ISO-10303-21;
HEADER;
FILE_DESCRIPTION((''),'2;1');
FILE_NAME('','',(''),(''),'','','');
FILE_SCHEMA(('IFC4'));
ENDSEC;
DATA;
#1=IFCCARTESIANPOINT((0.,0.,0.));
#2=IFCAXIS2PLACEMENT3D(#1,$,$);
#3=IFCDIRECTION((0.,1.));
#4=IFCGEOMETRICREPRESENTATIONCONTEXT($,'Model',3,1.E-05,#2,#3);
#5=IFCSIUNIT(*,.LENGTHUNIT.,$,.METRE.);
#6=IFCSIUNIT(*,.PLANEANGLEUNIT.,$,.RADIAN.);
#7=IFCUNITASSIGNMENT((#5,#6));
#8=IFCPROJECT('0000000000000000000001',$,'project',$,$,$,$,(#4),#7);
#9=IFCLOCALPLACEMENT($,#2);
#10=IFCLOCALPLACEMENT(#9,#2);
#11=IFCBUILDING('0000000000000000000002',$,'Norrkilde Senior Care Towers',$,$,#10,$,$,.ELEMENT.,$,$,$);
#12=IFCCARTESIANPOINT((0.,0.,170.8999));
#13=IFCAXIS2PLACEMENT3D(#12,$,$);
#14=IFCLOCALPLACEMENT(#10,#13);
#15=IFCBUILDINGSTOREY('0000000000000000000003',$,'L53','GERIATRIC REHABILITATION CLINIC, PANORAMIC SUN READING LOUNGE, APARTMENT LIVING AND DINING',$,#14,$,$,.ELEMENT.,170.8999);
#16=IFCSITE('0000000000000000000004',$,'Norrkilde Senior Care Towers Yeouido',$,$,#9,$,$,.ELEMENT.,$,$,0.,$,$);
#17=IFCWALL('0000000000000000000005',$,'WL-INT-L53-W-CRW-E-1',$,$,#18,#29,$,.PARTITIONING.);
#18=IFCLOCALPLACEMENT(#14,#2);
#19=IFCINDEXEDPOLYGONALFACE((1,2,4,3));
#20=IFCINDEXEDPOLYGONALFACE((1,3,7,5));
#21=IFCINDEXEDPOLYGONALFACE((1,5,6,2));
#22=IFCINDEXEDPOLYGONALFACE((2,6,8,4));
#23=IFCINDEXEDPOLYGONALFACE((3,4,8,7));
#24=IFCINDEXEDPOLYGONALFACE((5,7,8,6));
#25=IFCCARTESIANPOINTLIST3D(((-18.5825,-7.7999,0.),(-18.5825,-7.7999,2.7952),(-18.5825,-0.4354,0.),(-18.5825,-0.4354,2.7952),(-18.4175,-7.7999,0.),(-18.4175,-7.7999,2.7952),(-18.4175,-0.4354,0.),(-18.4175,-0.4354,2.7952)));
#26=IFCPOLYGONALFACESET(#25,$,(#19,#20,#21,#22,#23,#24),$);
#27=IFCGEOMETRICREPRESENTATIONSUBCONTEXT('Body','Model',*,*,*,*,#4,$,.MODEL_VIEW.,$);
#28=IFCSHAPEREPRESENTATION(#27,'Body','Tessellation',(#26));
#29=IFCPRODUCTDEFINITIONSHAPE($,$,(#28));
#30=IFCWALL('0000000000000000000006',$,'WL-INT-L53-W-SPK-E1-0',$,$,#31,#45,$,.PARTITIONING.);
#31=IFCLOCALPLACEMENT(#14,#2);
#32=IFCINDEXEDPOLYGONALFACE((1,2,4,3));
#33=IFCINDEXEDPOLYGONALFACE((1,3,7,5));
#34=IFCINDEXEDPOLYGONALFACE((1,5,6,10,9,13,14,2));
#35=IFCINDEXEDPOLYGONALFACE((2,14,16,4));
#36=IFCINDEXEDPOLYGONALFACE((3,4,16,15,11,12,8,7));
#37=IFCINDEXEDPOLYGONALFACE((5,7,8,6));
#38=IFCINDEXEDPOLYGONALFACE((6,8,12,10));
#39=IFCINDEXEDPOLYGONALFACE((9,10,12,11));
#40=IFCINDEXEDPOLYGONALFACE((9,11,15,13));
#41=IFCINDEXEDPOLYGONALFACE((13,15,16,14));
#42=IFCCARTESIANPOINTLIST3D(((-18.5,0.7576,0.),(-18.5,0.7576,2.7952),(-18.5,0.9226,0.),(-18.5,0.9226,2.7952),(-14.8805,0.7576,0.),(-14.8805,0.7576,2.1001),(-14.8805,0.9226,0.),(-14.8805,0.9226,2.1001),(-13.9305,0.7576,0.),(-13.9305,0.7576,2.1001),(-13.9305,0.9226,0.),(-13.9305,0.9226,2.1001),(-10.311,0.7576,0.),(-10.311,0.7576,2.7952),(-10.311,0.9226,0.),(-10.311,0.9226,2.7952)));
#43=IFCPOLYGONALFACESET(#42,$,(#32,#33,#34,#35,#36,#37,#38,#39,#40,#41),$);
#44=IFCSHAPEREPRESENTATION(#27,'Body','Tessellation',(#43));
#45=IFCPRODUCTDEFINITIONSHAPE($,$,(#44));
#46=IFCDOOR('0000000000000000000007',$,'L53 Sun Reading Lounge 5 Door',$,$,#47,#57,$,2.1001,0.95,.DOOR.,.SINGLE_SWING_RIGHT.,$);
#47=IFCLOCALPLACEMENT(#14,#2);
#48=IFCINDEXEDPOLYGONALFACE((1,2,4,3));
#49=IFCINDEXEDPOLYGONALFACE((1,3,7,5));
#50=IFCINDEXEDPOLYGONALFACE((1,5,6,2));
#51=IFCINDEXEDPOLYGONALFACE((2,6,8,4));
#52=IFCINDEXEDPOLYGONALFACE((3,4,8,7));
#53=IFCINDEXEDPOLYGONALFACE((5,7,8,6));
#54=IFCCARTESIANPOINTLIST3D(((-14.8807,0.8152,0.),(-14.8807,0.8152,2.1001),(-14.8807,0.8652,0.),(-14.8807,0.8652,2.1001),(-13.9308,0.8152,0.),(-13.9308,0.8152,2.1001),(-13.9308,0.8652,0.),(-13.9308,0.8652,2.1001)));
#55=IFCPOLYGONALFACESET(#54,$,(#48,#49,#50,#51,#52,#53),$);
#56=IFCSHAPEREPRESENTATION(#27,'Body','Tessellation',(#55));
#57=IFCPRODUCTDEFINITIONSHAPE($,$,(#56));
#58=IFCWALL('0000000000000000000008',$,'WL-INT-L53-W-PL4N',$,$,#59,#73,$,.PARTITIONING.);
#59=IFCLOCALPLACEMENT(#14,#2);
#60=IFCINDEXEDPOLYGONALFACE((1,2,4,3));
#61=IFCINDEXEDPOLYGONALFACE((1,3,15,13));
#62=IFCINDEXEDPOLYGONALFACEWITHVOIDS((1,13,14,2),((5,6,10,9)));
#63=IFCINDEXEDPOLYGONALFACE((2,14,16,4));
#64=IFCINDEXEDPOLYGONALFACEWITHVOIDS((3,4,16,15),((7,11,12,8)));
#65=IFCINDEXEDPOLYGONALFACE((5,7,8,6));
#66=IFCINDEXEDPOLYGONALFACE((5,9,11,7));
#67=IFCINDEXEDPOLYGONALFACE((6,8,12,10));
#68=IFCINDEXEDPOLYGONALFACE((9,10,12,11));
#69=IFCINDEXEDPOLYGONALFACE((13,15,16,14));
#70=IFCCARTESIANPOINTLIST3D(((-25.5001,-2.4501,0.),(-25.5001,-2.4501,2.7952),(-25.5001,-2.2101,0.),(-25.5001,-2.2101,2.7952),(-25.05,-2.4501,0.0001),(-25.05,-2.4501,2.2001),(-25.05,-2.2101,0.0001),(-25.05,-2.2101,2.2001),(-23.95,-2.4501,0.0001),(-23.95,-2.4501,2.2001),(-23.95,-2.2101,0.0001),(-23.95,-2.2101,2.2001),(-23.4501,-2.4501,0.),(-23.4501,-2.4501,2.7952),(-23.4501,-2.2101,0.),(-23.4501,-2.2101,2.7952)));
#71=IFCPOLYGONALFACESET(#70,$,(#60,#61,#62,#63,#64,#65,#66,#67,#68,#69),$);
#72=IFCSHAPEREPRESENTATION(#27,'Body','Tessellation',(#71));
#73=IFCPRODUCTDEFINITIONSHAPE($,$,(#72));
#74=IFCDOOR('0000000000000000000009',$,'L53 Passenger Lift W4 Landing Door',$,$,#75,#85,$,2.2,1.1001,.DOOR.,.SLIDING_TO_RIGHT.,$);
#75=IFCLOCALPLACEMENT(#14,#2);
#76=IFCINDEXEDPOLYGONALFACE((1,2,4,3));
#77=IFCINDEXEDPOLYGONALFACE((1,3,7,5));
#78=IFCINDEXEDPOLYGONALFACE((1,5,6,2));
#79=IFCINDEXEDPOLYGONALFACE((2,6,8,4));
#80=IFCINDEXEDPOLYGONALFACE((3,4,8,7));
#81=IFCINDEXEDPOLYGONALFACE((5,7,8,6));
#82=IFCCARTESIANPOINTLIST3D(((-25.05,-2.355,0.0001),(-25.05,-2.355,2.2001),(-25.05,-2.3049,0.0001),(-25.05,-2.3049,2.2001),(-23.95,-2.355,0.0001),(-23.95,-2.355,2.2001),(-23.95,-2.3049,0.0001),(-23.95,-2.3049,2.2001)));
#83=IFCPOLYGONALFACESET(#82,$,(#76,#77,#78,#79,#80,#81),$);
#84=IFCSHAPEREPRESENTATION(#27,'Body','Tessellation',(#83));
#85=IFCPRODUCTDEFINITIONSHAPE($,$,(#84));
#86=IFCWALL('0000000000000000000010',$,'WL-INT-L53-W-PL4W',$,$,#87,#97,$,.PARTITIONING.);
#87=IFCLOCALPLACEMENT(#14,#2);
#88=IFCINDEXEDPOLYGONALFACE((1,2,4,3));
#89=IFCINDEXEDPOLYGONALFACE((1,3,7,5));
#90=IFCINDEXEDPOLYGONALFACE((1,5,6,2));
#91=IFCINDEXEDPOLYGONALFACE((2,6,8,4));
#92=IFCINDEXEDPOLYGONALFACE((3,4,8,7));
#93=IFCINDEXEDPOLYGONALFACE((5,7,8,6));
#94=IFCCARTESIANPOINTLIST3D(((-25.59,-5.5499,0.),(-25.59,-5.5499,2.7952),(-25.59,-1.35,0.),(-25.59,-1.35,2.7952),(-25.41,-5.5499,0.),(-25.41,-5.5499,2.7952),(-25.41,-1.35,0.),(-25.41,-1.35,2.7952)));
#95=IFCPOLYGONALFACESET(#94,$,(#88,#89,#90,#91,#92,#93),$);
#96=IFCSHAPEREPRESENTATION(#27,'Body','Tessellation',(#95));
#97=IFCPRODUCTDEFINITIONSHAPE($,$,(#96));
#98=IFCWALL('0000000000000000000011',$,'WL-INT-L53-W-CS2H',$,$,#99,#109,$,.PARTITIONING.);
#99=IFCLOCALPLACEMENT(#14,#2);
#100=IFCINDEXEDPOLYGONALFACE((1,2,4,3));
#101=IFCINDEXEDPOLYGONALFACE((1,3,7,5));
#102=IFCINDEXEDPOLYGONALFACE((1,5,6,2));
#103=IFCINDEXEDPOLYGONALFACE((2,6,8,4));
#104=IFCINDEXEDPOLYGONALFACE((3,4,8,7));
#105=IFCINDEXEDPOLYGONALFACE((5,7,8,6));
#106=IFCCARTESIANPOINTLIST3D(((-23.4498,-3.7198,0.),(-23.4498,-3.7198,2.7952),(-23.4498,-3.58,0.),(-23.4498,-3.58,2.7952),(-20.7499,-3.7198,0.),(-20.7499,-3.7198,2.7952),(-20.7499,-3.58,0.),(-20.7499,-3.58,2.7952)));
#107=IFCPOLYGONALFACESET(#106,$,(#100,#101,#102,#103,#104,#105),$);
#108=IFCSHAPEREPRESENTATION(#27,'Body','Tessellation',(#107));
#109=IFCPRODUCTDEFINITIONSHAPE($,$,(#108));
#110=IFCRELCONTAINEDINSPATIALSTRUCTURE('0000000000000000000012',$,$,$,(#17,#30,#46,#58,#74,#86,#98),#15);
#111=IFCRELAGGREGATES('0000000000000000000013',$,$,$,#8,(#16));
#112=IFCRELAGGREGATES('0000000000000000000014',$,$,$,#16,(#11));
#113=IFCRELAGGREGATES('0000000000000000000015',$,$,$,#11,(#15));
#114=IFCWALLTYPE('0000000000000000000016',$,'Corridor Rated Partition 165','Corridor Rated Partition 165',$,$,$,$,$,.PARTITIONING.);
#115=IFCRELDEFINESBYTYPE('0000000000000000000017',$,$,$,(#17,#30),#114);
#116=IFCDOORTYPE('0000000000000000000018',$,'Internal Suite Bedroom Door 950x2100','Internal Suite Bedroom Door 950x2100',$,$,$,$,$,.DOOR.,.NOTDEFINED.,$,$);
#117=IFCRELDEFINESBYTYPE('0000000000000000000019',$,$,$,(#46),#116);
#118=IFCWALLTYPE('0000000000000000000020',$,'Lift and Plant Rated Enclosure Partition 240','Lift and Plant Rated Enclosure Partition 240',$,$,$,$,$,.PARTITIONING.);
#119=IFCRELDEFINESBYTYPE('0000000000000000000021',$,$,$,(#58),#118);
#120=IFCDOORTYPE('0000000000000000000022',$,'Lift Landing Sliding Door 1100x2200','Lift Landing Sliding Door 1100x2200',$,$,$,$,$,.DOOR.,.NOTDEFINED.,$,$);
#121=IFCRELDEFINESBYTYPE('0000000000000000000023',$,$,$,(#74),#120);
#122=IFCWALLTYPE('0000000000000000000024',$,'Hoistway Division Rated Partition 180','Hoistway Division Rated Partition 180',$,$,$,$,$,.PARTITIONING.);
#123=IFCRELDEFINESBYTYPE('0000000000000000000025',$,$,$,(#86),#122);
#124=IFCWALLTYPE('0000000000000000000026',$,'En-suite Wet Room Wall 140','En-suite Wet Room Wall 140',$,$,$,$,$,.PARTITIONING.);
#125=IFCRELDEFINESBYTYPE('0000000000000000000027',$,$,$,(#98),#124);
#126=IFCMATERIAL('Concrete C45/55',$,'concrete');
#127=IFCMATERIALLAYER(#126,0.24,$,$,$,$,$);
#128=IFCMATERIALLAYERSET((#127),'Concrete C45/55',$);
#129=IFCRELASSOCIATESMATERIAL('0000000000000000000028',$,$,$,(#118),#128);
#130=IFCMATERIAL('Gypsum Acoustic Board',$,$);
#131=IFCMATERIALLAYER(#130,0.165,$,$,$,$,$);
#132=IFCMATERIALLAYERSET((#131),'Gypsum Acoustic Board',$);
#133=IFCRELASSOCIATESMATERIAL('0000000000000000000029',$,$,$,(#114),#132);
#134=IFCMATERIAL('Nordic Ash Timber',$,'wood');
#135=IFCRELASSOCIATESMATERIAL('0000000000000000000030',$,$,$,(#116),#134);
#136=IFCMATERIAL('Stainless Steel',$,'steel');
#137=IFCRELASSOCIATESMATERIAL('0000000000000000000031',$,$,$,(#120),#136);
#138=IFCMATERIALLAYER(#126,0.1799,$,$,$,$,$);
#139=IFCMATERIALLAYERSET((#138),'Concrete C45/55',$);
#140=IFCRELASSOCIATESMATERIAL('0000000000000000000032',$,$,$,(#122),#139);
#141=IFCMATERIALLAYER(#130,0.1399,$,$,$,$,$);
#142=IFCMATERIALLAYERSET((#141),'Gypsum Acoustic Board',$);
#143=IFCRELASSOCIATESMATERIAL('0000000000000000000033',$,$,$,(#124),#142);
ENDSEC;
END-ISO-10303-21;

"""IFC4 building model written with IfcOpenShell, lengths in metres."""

from ifc_helpers import new_model, si_unit, direction, frame, frame_2d, origin, place, context, subcontext, project, spatial, rectangle, extrude, source, transform, mapped, material, layer, layer_set, type_object, type_shapes, element, fill, save


model = new_model("IFC4")

# Units and contexts
model_context = context("Model", 3, precision=1e-05, world=origin(), true_north=direction((0.0, 1.0)))
body_context = subcontext(model_context, "Body", "Model", "MODEL_VIEW")
ifc_project = project(units=[si_unit("LENGTHUNIT", "METRE"), si_unit("PLANEANGLEUNIT", "RADIAN")], contexts=[model_context])

# Site, building, storey
site_placement = place(None, origin())
site = spatial("IfcSite", under=ifc_project, at=site_placement, Name="Norrkilde Senior Care Towers Yeouido", CompositionType="ELEMENT", RefElevation=0.0)
building_placement = place(site_placement, origin())
building = spatial("IfcBuilding", under=site, at=building_placement, Name="Norrkilde Senior Care Towers", CompositionType="ELEMENT")
storey_placement = place(building_placement, frame((0.0, 0.0, 170.8999)))
storey = spatial("IfcBuildingStorey", under=building, at=storey_placement, Name="L53", Description="GERIATRIC REHABILITATION CLINIC, PANORAMIC SUN READING LOUNGE, APARTMENT LIVING AND DINING", CompositionType="ELEMENT", Elevation=170.8999)

# Shared definitions
ifc_material_1 = material(Name="Concrete C45/55", Category="concrete")
ifc_layer_1 = layer(ifc_material_1, 0.24)
ifc_layer_set_1 = layer_set([ifc_layer_1], Name="Concrete C45/55")
wall_type_1 = type_object("IfcWallType", Name="Lift and Plant Rated Enclosure Partition 240", Description="Lift and Plant Rated Enclosure Partition 240", PredefinedType="PARTITIONING", material=ifc_layer_set_1)
ifc_material_2 = material(Name="Stainless Steel", Category="steel")

# Shared definitions
ifc_material_3 = material(Name="Gypsum Acoustic Board")
ifc_layer_2 = layer(ifc_material_3, 0.165)
ifc_layer_set_2 = layer_set([ifc_layer_2], Name="Gypsum Acoustic Board")
wall_type_2 = type_object("IfcWallType", Name="Corridor Rated Partition 165", Description="Corridor Rated Partition 165", PredefinedType="PARTITIONING", material=ifc_layer_set_2)
ifc_material_4 = material(Name="Nordic Ash Timber", Category="wood")

# Wall
shared_shape_1 = source(origin(), body_context, "Body", "SweptSolid", [
    extrude(rectangle(XDim=7.3645, YDim=0.165, at=frame_2d((3.6821, 0.0))), origin(), (0.0, 0.0, 1.0), 2.7952),
])
wall_1_placement = place(storey_placement, frame((-18.5, -0.4355, 0.0), z_axis=(0.0, 0.0, 1.0), x_axis=(0.0, -1.0, 0.0)))
element("IfcWall", 1, at=wall_1_placement, inside=storey, type_object=wall_type_2, Name="WL-INT-L53-W-CRW-E-1", PredefinedType="PARTITIONING", context=body_context, shape_type="MappedRepresentation", body=[
    mapped(shared_shape_1, transform((0.0, 0.0, 0.0), x_axis=(1.0, 0.0, 0.0), y_axis=(0.0, 1.0, 0.0), z_axis=(0.0, 0.0, 1.0), scale=1.0)),
])

# Walls, openings, doors
shared_shape_2 = source(origin(), body_context, "Body", "SweptSolid", [
    extrude(rectangle(XDim=8.189, YDim=0.165, at=frame_2d((4.0945, 0.0))), origin(), (0.0, 0.0, 1.0), 2.7952),
])
wall_2_placement = place(storey_placement, frame((-18.5, 0.8401, 0.0), z_axis=(0.0, 0.0, 1.0), x_axis=(1.0, 0.0, 0.0)))
wall_2 = element("IfcWall", 2, at=wall_2_placement, inside=storey, type_object=wall_type_2, Name="WL-INT-L53-W-SPK-E1-0", PredefinedType="PARTITIONING", context=body_context, shape_type="MappedRepresentation", body=[
    mapped(shared_shape_2, transform((0.0, 0.0, 0.0), x_axis=(1.0, 0.0, 0.0), y_axis=(0.0, 1.0, 0.0), z_axis=(0.0, 0.0, 1.0), scale=1.0)),
])
opening_1_placement = place(wall_2_placement, frame((3.6194, 0.0, 0.0)))
opening_1 = element("IfcOpeningElement", 3, at=opening_1_placement, cuts=wall_2, PredefinedType="OPENING", context=body_context, shape_type="SweptSolid", body=[
    extrude(rectangle(XDim=0.95, YDim=2.1001, at=frame_2d((0.4751, 1.05))), frame((0.0, 0.0925, 0.0), z_axis=(0.0, -1.0, 0.0), x_axis=(1.0, 0.0, 0.0)), (0.0, 0.0, 1.0), 0.1851),
])
door_type_1 = type_object("IfcDoorType", Name="Internal Suite Bedroom Door 950x2100", Description="Internal Suite Bedroom Door 950x2100", OperationType="NOTDEFINED", PredefinedType="DOOR", material=ifc_material_4)
shared_shape_3 = source(origin(), body_context, "Body", "SweptSolid", [
    extrude(rectangle(XDim=0.95, YDim=2.1001, at=frame_2d((0.4751, 1.05))), frame((0.0, 0.0249, 0.0), z_axis=(0.0, -1.0, 0.0), x_axis=(1.0, 0.0, 0.0)), (0.0, 0.0, 1.0), 0.05),
])
type_shapes(door_type_1, [shared_shape_3])
door_1_placement = place(opening_1_placement, frame((0.95, 0.0, 0.0), z_axis=(0.0, 0.0, 1.0), x_axis=(-1.0, 0.0, 0.0)))
door_1 = element("IfcDoor", 4, at=door_1_placement, inside=storey, type_object=door_type_1, Name="L53 Sun Reading Lounge 5 Door", OperationType="SINGLE_SWING_RIGHT", OverallHeight=2.1001, OverallWidth=0.95, PredefinedType="DOOR", context=body_context, shape_type="MappedRepresentation", body=[
    mapped(shared_shape_3, transform((0.0, 0.0, 0.0), x_axis=(1.0, 0.0, 0.0), y_axis=(0.0, 1.0, 0.0), z_axis=(0.0, 0.0, 1.0), scale=1.0)),
])
fill(opening_1, door_1)
shared_shape_4 = source(origin(), body_context, "Body", "SweptSolid", [
    extrude(rectangle(XDim=2.05, YDim=0.24, at=frame_2d((1.0249, 0.0))), origin(), (0.0, 0.0, 1.0), 2.7952),
])
wall_3_placement = place(storey_placement, frame((-25.5, -2.3301, 0.0), z_axis=(0.0, 0.0, 1.0), x_axis=(1.0, 0.0, 0.0)))
wall_3 = element("IfcWall", 5, at=wall_3_placement, inside=storey, type_object=wall_type_1, Name="WL-INT-L53-W-PL4N", PredefinedType="PARTITIONING", context=body_context, shape_type="MappedRepresentation", body=[
    mapped(shared_shape_4, transform((0.0, 0.0, 0.0), x_axis=(1.0, 0.0, 0.0), y_axis=(0.0, 1.0, 0.0), z_axis=(0.0, 0.0, 1.0), scale=1.0)),
])
opening_2_placement = place(wall_3_placement, frame((0.45, 0.0, 0.0)))
opening_2 = element("IfcOpeningElement", 6, at=opening_2_placement, cuts=wall_3, PredefinedType="OPENING", context=body_context, shape_type="SweptSolid", body=[
    extrude(rectangle(XDim=1.1001, YDim=2.2, at=frame_2d((0.55, 1.1001))), frame((0.0, 0.1299, 0.0), z_axis=(0.0, -1.0, 0.0), x_axis=(1.0, 0.0, 0.0)), (0.0, 0.0, 1.0), 0.26),
])
door_type_2 = type_object("IfcDoorType", Name="Lift Landing Sliding Door 1100x2200", Description="Lift Landing Sliding Door 1100x2200", OperationType="NOTDEFINED", PredefinedType="DOOR", material=ifc_material_2)
shared_shape_5 = source(origin(), body_context, "Body", "SweptSolid", [
    extrude(rectangle(XDim=1.1001, YDim=2.2, at=frame_2d((0.55, 1.1001))), frame((0.0, 0.0249, 0.0), z_axis=(0.0, -1.0, 0.0), x_axis=(1.0, 0.0, 0.0)), (0.0, 0.0, 1.0), 0.05),
])
type_shapes(door_type_2, [shared_shape_5])
door_2_placement = place(opening_2_placement, frame((1.1001, 0.0, 0.0), z_axis=(0.0, 0.0, 1.0), x_axis=(-1.0, 0.0, 0.0)))
door_2 = element("IfcDoor", 7, at=door_2_placement, inside=storey, type_object=door_type_2, Name="L53 Passenger Lift W4 Landing Door", OperationType="SLIDING_TO_RIGHT", OverallHeight=2.2, OverallWidth=1.1001, PredefinedType="DOOR", context=body_context, shape_type="MappedRepresentation", body=[
    mapped(shared_shape_5, transform((0.0, 0.0, 0.0), x_axis=(1.0, 0.0, 0.0), y_axis=(0.0, 1.0, 0.0), z_axis=(0.0, 0.0, 1.0), scale=1.0)),
])
fill(opening_2, door_2)

# Walls
ifc_layer_3 = layer(ifc_material_1, 0.1799)
ifc_layer_set_3 = layer_set([ifc_layer_3], Name="Concrete C45/55")
wall_type_3 = type_object("IfcWallType", Name="Hoistway Division Rated Partition 180", Description="Hoistway Division Rated Partition 180", PredefinedType="PARTITIONING", material=ifc_layer_set_3)
shared_shape_6 = source(origin(), body_context, "Body", "SweptSolid", [
    extrude(rectangle(XDim=4.2, YDim=0.1799, at=frame_2d((2.1001, 0.0))), origin(), (0.0, 0.0, 1.0), 2.7952),
])
type_shapes(wall_type_3, [shared_shape_6])
wall_4_placement = place(storey_placement, frame((-25.5, -5.55, 0.0), z_axis=(0.0, 0.0, 1.0), x_axis=(0.0, 1.0, 0.0)))
element("IfcWall", 8, at=wall_4_placement, inside=storey, type_object=wall_type_3, Name="WL-INT-L53-W-PL4W", PredefinedType="PARTITIONING", context=body_context, shape_type="MappedRepresentation", body=[
    mapped(shared_shape_6, transform((0.0, 0.0, 0.0), x_axis=(1.0, 0.0, 0.0), y_axis=(0.0, 1.0, 0.0), z_axis=(0.0, 0.0, 1.0), scale=1.0)),
])
ifc_layer_4 = layer(ifc_material_3, 0.1399)
ifc_layer_set_4 = layer_set([ifc_layer_4], Name="Gypsum Acoustic Board")
wall_type_4 = type_object("IfcWallType", Name="En-suite Wet Room Wall 140", Description="En-suite Wet Room Wall 140", PredefinedType="PARTITIONING", material=ifc_layer_set_4)
shared_shape_7 = source(origin(), body_context, "Body", "SweptSolid", [
    extrude(rectangle(XDim=2.7, YDim=0.1399, at=frame_2d((1.3501, 0.0))), origin(), (0.0, 0.0, 1.0), 2.7952),
])
type_shapes(wall_type_4, [shared_shape_7])
wall_5_placement = place(storey_placement, frame((-23.45, -3.6499, 0.0), z_axis=(0.0, 0.0, 1.0), x_axis=(1.0, 0.0, 0.0)))
element("IfcWall", 9, at=wall_5_placement, inside=storey, type_object=wall_type_4, Name="WL-INT-L53-W-CS2H", PredefinedType="PARTITIONING", context=body_context, shape_type="MappedRepresentation", body=[
    mapped(shared_shape_7, transform((0.0, 0.0, 0.0), x_axis=(1.0, 0.0, 0.0), y_axis=(0.0, 1.0, 0.0), z_axis=(0.0, 0.0, 1.0), scale=1.0)),
])

save(model, "model.ifc")
